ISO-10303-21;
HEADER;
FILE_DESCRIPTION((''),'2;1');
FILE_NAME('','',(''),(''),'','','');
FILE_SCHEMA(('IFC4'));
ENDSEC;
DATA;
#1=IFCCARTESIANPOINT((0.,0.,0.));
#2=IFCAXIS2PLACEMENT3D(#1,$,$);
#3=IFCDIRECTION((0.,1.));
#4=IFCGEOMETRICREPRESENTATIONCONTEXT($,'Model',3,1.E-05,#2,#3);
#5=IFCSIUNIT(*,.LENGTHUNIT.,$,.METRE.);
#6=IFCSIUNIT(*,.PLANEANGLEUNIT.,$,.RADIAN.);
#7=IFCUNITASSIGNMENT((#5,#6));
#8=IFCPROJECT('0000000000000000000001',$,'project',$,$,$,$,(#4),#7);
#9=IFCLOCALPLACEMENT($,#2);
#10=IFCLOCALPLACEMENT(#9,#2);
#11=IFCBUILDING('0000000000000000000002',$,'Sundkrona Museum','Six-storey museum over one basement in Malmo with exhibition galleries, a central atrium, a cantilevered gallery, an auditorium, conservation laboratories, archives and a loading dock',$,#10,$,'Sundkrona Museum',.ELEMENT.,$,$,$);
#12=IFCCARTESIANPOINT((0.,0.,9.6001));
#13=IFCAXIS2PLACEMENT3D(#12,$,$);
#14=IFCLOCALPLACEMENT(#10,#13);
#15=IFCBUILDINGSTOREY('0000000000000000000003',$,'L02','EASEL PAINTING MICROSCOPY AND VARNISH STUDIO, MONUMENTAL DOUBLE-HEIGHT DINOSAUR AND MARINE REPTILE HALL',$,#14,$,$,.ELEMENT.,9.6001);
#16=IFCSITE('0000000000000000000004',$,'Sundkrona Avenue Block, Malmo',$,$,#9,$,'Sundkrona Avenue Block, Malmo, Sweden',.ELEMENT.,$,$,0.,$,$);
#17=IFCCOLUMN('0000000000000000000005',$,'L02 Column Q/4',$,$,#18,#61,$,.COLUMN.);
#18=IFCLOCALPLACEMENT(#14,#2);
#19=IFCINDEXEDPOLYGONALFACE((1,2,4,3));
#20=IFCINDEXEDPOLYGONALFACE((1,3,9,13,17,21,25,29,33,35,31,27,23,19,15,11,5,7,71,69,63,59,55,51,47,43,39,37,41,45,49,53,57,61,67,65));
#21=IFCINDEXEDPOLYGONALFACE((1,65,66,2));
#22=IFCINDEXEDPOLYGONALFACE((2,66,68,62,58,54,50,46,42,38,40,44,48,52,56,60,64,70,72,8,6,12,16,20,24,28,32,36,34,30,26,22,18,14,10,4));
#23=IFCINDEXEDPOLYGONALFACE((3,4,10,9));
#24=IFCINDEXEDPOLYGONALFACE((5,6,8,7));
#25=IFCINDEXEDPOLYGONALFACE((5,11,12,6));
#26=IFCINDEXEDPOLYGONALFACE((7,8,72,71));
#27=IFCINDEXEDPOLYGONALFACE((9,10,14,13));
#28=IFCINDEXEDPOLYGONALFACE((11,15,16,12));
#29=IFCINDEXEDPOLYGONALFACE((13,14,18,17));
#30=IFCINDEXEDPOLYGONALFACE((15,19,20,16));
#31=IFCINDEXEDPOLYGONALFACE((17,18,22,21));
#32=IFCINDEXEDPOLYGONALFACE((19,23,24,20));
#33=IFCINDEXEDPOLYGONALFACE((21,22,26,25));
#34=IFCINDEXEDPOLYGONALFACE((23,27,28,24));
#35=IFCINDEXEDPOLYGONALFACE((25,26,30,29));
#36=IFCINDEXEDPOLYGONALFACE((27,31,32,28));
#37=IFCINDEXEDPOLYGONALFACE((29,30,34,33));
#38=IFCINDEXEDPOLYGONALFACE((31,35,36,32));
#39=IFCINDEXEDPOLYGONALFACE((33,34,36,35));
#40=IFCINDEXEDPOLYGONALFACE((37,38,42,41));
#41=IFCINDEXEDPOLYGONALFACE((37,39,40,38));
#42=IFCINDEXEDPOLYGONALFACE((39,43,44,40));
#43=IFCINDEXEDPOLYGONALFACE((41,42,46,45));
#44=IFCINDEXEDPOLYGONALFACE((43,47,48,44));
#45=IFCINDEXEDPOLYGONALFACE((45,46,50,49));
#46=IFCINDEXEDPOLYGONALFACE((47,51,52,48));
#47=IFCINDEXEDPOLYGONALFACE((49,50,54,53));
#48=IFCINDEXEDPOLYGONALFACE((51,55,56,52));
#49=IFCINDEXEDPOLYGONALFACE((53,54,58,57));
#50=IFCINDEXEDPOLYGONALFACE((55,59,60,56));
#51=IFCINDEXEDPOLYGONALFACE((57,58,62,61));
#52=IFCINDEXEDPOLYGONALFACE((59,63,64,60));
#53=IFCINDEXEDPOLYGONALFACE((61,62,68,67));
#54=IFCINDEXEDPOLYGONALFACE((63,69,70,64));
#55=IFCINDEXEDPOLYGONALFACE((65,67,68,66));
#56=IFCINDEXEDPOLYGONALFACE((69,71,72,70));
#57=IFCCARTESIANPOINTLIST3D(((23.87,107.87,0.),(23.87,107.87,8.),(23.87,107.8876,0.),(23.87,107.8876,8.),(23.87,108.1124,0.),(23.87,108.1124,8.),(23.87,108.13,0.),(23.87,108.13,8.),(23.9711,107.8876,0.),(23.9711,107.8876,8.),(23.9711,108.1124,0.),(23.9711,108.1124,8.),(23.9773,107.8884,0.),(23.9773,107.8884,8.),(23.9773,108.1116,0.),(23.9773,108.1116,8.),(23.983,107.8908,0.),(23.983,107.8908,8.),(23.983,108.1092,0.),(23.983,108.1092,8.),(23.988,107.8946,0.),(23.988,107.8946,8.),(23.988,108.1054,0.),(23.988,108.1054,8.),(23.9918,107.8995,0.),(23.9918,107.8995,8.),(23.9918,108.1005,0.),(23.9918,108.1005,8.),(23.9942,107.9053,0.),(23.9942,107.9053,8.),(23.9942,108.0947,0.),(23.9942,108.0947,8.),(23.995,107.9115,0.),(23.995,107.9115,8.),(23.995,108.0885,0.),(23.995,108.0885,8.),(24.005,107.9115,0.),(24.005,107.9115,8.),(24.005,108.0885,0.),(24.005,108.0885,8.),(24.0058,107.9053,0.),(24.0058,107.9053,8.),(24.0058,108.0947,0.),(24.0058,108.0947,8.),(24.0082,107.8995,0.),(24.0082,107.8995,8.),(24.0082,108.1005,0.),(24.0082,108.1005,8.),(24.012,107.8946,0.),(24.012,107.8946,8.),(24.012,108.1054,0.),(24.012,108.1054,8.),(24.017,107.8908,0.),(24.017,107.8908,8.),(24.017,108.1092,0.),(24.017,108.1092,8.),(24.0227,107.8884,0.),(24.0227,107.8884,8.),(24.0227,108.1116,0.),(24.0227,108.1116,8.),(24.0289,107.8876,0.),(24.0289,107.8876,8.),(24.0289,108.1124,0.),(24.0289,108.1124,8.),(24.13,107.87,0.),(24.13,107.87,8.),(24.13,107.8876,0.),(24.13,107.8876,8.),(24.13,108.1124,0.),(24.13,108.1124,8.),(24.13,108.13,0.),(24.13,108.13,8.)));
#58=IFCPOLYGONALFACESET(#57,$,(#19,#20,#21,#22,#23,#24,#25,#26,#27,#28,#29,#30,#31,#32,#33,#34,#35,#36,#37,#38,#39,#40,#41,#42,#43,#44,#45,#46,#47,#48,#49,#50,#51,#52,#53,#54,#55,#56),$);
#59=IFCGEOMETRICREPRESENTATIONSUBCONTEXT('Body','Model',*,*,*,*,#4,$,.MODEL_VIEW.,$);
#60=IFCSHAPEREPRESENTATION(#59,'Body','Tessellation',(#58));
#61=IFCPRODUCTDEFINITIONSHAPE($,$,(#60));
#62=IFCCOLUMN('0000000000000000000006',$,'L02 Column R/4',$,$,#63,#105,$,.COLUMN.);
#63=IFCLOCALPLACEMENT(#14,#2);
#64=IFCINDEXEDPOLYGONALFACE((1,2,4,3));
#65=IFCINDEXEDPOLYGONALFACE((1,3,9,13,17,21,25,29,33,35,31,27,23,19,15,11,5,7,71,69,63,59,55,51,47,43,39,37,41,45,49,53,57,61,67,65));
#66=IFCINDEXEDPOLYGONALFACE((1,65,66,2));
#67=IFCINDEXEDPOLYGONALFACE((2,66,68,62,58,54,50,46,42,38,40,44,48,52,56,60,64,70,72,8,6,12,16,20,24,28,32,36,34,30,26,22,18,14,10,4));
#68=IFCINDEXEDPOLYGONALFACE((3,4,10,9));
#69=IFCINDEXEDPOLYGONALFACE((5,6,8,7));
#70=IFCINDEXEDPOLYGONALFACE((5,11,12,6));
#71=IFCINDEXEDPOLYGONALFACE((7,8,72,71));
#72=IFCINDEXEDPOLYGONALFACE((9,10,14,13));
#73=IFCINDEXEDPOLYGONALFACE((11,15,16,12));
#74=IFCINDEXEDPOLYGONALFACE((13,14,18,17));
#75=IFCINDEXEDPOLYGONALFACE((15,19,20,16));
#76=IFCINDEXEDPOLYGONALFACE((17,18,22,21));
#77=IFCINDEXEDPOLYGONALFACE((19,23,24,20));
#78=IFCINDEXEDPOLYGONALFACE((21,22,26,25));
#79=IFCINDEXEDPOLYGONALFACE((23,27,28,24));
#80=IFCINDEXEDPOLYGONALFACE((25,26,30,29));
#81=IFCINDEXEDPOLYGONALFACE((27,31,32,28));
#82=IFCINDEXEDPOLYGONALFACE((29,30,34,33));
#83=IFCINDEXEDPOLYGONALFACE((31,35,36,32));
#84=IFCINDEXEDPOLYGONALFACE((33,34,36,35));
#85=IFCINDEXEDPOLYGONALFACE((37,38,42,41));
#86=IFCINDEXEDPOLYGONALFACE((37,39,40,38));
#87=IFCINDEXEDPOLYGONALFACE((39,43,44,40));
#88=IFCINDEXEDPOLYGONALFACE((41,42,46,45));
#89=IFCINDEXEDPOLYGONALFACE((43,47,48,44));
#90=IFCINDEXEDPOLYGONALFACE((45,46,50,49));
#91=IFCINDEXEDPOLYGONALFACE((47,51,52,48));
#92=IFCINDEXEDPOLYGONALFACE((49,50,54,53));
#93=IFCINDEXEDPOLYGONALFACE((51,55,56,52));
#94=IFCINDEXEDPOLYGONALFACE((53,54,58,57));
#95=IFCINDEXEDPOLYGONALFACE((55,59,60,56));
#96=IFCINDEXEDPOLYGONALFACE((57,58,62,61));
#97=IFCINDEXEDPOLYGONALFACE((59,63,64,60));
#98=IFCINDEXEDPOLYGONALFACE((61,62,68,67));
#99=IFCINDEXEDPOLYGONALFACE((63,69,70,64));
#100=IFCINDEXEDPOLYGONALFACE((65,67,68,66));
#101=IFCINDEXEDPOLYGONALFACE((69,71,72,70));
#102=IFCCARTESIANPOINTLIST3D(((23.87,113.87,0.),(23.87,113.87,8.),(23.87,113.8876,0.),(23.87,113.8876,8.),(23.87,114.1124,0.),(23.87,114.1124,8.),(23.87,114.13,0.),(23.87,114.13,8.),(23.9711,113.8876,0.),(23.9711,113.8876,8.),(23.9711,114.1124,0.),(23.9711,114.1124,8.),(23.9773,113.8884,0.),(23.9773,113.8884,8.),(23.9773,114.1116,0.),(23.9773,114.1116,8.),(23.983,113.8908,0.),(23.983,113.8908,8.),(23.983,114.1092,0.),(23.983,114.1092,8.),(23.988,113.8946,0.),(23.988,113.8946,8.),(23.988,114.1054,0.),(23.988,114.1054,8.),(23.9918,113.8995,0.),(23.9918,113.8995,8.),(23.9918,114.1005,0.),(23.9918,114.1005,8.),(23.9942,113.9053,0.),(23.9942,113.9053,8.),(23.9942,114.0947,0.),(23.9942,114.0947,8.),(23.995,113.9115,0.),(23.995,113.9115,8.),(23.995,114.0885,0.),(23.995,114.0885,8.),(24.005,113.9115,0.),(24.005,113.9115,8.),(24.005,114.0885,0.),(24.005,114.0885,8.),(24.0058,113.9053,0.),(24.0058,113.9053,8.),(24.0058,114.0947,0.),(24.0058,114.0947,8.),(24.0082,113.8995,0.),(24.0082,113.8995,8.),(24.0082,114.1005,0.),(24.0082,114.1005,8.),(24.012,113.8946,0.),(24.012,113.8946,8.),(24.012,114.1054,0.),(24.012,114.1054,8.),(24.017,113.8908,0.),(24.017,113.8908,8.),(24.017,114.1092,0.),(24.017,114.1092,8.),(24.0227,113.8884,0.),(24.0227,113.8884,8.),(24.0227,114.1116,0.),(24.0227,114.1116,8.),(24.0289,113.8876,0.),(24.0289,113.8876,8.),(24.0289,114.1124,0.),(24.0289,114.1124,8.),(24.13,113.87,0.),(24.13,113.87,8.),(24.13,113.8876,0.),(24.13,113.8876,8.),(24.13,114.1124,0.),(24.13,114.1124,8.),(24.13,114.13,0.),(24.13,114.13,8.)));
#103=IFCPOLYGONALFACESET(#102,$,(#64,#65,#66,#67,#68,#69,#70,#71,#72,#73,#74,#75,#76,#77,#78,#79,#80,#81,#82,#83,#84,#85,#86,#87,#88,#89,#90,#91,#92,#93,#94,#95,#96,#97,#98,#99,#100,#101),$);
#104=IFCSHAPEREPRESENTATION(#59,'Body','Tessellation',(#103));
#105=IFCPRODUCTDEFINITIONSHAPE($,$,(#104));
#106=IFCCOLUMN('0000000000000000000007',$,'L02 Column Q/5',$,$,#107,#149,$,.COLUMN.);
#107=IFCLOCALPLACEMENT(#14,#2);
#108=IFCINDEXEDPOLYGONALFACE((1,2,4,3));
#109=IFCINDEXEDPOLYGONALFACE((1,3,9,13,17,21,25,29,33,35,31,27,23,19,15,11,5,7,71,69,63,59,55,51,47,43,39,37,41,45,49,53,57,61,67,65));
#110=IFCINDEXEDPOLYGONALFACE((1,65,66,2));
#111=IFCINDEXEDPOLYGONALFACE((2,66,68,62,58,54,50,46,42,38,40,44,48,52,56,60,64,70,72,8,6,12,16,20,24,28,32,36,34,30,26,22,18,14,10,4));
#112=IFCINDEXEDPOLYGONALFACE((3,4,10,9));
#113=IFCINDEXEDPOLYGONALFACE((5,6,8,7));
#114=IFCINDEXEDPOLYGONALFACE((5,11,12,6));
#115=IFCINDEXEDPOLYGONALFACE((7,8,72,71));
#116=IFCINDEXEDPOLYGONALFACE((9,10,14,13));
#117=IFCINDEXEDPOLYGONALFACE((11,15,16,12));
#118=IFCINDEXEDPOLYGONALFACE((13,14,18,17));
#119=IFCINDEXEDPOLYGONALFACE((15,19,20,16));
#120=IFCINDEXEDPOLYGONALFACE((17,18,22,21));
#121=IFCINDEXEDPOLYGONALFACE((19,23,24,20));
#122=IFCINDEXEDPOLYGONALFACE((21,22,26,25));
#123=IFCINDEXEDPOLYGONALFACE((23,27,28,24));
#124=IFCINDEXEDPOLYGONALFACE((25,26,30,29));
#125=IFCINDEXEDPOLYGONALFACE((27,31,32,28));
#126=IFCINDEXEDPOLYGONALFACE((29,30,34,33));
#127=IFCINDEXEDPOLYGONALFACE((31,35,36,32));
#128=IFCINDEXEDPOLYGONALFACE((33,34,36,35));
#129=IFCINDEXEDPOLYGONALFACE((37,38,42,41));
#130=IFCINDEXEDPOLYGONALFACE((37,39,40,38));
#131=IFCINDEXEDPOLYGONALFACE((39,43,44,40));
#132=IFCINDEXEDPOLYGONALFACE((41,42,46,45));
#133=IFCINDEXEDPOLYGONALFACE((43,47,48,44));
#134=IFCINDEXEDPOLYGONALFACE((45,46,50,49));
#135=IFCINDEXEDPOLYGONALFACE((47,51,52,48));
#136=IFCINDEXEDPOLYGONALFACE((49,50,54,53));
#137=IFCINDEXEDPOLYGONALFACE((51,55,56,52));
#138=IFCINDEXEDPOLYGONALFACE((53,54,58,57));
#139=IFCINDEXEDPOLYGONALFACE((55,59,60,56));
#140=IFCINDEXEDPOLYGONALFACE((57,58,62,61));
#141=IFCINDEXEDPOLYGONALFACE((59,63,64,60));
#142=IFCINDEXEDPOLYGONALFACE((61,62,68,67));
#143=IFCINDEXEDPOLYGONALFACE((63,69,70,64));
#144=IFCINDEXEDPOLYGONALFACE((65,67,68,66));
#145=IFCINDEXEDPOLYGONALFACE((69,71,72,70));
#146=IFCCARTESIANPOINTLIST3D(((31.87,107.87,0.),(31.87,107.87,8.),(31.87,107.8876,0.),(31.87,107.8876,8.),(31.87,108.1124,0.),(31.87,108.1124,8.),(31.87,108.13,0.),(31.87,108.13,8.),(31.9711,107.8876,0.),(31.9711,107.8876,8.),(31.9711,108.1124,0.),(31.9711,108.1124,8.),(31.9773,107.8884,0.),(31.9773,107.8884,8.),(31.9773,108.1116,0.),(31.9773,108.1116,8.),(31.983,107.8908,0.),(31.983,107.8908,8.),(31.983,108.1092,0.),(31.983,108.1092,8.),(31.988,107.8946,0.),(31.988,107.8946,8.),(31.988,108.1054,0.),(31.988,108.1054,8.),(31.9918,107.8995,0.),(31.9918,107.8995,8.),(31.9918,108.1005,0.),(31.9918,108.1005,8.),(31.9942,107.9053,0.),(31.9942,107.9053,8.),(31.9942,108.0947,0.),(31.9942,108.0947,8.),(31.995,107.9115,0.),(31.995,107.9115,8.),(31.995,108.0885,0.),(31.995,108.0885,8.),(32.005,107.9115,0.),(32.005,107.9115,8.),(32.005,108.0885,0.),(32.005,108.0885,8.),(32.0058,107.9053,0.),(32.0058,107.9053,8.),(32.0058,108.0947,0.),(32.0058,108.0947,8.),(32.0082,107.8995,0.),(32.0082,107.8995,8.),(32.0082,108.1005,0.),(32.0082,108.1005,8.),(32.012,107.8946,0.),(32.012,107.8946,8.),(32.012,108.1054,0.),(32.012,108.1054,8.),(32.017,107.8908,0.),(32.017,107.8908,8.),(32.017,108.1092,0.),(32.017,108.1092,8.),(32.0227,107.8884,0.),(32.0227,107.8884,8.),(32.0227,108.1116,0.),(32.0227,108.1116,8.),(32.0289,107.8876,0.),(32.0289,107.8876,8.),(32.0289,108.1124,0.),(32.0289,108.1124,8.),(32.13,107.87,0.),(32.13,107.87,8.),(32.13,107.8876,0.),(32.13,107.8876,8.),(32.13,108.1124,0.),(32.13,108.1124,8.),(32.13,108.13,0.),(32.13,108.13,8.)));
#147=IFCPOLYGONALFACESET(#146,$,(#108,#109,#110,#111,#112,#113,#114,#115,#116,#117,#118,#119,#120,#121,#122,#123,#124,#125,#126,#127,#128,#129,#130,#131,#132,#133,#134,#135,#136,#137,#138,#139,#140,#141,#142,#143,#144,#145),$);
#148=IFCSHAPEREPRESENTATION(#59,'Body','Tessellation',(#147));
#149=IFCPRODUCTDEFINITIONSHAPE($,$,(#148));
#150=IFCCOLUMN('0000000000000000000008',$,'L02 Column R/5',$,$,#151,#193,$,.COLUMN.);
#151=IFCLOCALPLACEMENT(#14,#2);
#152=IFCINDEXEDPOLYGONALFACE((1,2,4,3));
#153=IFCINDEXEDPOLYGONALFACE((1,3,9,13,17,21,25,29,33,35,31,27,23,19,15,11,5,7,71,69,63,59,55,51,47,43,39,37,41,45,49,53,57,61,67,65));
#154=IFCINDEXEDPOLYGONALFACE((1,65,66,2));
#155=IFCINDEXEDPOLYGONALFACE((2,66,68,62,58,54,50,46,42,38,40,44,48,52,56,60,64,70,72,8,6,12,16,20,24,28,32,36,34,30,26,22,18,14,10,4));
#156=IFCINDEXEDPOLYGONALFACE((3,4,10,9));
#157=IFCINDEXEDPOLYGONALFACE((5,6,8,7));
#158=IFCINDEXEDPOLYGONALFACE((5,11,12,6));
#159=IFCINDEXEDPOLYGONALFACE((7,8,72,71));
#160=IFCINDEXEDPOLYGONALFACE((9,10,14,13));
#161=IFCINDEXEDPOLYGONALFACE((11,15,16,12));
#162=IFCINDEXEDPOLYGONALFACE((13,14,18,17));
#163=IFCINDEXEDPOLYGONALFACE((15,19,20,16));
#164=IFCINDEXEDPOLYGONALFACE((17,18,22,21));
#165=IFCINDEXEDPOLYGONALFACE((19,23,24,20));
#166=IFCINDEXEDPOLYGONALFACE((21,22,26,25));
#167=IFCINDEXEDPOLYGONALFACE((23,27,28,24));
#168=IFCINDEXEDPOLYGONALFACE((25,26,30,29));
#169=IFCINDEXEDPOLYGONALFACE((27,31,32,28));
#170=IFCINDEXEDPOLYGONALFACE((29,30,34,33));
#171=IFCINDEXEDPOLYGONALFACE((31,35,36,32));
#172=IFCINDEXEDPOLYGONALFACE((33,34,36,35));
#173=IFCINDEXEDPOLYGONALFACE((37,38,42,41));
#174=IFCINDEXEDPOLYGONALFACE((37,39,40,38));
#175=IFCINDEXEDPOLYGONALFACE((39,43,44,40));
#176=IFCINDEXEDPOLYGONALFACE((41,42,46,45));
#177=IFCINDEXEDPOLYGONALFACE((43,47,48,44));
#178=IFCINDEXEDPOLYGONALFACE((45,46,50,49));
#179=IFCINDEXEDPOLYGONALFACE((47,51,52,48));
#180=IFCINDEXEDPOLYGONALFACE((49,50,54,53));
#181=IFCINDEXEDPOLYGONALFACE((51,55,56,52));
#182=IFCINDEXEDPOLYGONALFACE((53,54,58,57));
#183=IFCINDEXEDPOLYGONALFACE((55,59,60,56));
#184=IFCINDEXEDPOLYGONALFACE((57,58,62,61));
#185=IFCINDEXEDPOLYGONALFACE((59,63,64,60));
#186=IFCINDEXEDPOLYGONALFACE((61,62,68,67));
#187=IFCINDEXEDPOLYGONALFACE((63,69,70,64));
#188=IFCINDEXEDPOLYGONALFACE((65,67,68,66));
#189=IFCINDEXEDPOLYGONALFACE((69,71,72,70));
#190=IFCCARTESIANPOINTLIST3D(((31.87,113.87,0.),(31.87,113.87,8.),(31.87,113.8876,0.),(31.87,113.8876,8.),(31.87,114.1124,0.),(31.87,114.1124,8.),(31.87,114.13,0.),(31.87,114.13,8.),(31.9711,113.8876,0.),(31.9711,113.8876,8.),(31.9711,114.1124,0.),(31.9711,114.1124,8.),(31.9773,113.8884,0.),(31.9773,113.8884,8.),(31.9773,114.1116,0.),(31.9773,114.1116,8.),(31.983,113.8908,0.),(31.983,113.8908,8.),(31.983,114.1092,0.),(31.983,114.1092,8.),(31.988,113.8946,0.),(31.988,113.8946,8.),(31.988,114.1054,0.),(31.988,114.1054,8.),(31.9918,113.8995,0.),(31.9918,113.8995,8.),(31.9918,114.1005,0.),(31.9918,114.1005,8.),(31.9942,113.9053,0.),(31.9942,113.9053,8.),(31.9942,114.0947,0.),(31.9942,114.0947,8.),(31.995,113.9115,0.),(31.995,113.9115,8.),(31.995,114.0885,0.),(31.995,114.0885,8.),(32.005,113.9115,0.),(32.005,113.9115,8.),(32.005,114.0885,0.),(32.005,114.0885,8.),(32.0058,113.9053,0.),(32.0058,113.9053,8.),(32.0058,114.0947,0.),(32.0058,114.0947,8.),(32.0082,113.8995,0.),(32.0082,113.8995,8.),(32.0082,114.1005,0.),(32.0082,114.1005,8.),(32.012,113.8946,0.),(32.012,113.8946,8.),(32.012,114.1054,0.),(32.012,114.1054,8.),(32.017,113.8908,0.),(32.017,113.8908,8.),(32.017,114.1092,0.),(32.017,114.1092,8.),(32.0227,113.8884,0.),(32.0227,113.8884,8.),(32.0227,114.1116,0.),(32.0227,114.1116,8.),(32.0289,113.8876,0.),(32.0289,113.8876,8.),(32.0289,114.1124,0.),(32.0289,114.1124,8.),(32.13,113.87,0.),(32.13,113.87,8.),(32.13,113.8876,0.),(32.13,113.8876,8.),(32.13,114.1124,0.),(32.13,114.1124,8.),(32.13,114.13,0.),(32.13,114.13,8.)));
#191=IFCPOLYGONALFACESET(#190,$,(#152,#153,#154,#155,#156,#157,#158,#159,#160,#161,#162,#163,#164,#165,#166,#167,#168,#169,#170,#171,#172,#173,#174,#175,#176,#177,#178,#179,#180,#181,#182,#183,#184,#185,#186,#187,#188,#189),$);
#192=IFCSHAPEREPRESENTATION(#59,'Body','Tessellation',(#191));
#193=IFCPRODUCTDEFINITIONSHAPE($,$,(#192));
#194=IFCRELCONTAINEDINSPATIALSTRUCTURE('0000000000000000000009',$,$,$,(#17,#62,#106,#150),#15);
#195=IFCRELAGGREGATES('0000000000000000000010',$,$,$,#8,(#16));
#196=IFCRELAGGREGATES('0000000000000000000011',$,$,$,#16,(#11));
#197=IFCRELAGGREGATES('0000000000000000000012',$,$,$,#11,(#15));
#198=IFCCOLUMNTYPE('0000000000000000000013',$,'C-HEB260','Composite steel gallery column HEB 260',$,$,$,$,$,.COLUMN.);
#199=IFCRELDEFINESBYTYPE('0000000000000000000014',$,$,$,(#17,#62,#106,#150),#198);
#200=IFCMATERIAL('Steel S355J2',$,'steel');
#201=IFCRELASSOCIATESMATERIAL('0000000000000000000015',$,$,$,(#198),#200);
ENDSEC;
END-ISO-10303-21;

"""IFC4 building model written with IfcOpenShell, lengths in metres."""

from ifc_helpers import new_model, si_unit, direction, frame, origin, origin_2d, place, context, subcontext, project, spatial, i_section, extrude, material, material_profile, profile_set, type_object, element, save


model = new_model("IFC4")

# Units and contexts
model_context = context("Model", 3, precision=1e-05, world=origin(), true_north=direction((0.0, 1.0)))
body_context = subcontext(model_context, "Body", "Model", "MODEL_VIEW")
ifc_project = project(units=[si_unit("LENGTHUNIT", "METRE"), si_unit("PLANEANGLEUNIT", "RADIAN")], contexts=[model_context])

# Site, building, storey
site_placement = place(None, origin())
site = spatial("IfcSite", under=ifc_project, at=site_placement, Name="Sundkrona Avenue Block, Malmo", LongName="Sundkrona Avenue Block, Malmo, Sweden", CompositionType="ELEMENT", RefElevation=0.0)
building_placement = place(site_placement, origin())
building = spatial("IfcBuilding", under=site, at=building_placement, Name="Sundkrona Museum", Description="Six-storey museum over one basement in Malmo with exhibition galleries, a central atrium, a cantilevered gallery, an auditorium, conservation laboratories, archives and a loading dock", LongName="Sundkrona Museum", CompositionType="ELEMENT")
storey_placement = place(building_placement, frame((0.0, 0.0, 9.6001)))
storey = spatial("IfcBuildingStorey", under=building, at=storey_placement, Name="L02", Description="EASEL PAINTING MICROSCOPY AND VARNISH STUDIO, MONUMENTAL DOUBLE-HEIGHT DINOSAUR AND MARINE REPTILE HALL", CompositionType="ELEMENT", Elevation=9.6001)

# Columns
ifc_material_1 = material(Name="Steel S355J2", Category="steel")
ifc_material_profile_1 = material_profile(ifc_material_1, i_section(OverallWidth=0.26, OverallDepth=0.26, WebThickness=0.01, FlangeThickness=0.0176, FilletRadius=0.0239, at=origin_2d()), Name="HEB 260")
ifc_profile_set_1 = profile_set([ifc_material_profile_1], Name="Steel S355J2")
column_type = type_object("IfcColumnType", Name="C-HEB260", Description="Composite steel gallery column HEB 260", PredefinedType="COLUMN", material=ifc_profile_set_1)
for number, where, z_axis, x_axis, name in (
    (1, (24.0, 108.0, 0.0), (0.0, 0.0, 1.0), (1.0, 0.0, 0.0), "L02 Column Q/4"),
    (2, (24.0, 114.0, 0.0), (0.0, 0.0, 1.0), (1.0, 0.0, 0.0), "L02 Column R/4"),
    (3, (32.0, 108.0, 0.0), (0.0, 0.0, 1.0), (1.0, 0.0, 0.0), "L02 Column Q/5"),
    (4, (32.0, 114.0, 0.0), (0.0, 0.0, 1.0), (1.0, 0.0, 0.0), "L02 Column R/5"),
):
    element("IfcColumn", number, at=place(storey_placement, frame(where, z_axis=z_axis, x_axis=x_axis)), inside=storey, type_object=column_type, Name=name, PredefinedType="COLUMN", context=body_context, shape_type="SweptSolid", body=[
        extrude(i_section(OverallWidth=0.26, OverallDepth=0.26, WebThickness=0.01, FlangeThickness=0.0176, FilletRadius=0.0239, at=origin_2d()), origin(), (0.0, 0.0, 1.0), 8.0),
    ])

save(model, "model.ifc")
